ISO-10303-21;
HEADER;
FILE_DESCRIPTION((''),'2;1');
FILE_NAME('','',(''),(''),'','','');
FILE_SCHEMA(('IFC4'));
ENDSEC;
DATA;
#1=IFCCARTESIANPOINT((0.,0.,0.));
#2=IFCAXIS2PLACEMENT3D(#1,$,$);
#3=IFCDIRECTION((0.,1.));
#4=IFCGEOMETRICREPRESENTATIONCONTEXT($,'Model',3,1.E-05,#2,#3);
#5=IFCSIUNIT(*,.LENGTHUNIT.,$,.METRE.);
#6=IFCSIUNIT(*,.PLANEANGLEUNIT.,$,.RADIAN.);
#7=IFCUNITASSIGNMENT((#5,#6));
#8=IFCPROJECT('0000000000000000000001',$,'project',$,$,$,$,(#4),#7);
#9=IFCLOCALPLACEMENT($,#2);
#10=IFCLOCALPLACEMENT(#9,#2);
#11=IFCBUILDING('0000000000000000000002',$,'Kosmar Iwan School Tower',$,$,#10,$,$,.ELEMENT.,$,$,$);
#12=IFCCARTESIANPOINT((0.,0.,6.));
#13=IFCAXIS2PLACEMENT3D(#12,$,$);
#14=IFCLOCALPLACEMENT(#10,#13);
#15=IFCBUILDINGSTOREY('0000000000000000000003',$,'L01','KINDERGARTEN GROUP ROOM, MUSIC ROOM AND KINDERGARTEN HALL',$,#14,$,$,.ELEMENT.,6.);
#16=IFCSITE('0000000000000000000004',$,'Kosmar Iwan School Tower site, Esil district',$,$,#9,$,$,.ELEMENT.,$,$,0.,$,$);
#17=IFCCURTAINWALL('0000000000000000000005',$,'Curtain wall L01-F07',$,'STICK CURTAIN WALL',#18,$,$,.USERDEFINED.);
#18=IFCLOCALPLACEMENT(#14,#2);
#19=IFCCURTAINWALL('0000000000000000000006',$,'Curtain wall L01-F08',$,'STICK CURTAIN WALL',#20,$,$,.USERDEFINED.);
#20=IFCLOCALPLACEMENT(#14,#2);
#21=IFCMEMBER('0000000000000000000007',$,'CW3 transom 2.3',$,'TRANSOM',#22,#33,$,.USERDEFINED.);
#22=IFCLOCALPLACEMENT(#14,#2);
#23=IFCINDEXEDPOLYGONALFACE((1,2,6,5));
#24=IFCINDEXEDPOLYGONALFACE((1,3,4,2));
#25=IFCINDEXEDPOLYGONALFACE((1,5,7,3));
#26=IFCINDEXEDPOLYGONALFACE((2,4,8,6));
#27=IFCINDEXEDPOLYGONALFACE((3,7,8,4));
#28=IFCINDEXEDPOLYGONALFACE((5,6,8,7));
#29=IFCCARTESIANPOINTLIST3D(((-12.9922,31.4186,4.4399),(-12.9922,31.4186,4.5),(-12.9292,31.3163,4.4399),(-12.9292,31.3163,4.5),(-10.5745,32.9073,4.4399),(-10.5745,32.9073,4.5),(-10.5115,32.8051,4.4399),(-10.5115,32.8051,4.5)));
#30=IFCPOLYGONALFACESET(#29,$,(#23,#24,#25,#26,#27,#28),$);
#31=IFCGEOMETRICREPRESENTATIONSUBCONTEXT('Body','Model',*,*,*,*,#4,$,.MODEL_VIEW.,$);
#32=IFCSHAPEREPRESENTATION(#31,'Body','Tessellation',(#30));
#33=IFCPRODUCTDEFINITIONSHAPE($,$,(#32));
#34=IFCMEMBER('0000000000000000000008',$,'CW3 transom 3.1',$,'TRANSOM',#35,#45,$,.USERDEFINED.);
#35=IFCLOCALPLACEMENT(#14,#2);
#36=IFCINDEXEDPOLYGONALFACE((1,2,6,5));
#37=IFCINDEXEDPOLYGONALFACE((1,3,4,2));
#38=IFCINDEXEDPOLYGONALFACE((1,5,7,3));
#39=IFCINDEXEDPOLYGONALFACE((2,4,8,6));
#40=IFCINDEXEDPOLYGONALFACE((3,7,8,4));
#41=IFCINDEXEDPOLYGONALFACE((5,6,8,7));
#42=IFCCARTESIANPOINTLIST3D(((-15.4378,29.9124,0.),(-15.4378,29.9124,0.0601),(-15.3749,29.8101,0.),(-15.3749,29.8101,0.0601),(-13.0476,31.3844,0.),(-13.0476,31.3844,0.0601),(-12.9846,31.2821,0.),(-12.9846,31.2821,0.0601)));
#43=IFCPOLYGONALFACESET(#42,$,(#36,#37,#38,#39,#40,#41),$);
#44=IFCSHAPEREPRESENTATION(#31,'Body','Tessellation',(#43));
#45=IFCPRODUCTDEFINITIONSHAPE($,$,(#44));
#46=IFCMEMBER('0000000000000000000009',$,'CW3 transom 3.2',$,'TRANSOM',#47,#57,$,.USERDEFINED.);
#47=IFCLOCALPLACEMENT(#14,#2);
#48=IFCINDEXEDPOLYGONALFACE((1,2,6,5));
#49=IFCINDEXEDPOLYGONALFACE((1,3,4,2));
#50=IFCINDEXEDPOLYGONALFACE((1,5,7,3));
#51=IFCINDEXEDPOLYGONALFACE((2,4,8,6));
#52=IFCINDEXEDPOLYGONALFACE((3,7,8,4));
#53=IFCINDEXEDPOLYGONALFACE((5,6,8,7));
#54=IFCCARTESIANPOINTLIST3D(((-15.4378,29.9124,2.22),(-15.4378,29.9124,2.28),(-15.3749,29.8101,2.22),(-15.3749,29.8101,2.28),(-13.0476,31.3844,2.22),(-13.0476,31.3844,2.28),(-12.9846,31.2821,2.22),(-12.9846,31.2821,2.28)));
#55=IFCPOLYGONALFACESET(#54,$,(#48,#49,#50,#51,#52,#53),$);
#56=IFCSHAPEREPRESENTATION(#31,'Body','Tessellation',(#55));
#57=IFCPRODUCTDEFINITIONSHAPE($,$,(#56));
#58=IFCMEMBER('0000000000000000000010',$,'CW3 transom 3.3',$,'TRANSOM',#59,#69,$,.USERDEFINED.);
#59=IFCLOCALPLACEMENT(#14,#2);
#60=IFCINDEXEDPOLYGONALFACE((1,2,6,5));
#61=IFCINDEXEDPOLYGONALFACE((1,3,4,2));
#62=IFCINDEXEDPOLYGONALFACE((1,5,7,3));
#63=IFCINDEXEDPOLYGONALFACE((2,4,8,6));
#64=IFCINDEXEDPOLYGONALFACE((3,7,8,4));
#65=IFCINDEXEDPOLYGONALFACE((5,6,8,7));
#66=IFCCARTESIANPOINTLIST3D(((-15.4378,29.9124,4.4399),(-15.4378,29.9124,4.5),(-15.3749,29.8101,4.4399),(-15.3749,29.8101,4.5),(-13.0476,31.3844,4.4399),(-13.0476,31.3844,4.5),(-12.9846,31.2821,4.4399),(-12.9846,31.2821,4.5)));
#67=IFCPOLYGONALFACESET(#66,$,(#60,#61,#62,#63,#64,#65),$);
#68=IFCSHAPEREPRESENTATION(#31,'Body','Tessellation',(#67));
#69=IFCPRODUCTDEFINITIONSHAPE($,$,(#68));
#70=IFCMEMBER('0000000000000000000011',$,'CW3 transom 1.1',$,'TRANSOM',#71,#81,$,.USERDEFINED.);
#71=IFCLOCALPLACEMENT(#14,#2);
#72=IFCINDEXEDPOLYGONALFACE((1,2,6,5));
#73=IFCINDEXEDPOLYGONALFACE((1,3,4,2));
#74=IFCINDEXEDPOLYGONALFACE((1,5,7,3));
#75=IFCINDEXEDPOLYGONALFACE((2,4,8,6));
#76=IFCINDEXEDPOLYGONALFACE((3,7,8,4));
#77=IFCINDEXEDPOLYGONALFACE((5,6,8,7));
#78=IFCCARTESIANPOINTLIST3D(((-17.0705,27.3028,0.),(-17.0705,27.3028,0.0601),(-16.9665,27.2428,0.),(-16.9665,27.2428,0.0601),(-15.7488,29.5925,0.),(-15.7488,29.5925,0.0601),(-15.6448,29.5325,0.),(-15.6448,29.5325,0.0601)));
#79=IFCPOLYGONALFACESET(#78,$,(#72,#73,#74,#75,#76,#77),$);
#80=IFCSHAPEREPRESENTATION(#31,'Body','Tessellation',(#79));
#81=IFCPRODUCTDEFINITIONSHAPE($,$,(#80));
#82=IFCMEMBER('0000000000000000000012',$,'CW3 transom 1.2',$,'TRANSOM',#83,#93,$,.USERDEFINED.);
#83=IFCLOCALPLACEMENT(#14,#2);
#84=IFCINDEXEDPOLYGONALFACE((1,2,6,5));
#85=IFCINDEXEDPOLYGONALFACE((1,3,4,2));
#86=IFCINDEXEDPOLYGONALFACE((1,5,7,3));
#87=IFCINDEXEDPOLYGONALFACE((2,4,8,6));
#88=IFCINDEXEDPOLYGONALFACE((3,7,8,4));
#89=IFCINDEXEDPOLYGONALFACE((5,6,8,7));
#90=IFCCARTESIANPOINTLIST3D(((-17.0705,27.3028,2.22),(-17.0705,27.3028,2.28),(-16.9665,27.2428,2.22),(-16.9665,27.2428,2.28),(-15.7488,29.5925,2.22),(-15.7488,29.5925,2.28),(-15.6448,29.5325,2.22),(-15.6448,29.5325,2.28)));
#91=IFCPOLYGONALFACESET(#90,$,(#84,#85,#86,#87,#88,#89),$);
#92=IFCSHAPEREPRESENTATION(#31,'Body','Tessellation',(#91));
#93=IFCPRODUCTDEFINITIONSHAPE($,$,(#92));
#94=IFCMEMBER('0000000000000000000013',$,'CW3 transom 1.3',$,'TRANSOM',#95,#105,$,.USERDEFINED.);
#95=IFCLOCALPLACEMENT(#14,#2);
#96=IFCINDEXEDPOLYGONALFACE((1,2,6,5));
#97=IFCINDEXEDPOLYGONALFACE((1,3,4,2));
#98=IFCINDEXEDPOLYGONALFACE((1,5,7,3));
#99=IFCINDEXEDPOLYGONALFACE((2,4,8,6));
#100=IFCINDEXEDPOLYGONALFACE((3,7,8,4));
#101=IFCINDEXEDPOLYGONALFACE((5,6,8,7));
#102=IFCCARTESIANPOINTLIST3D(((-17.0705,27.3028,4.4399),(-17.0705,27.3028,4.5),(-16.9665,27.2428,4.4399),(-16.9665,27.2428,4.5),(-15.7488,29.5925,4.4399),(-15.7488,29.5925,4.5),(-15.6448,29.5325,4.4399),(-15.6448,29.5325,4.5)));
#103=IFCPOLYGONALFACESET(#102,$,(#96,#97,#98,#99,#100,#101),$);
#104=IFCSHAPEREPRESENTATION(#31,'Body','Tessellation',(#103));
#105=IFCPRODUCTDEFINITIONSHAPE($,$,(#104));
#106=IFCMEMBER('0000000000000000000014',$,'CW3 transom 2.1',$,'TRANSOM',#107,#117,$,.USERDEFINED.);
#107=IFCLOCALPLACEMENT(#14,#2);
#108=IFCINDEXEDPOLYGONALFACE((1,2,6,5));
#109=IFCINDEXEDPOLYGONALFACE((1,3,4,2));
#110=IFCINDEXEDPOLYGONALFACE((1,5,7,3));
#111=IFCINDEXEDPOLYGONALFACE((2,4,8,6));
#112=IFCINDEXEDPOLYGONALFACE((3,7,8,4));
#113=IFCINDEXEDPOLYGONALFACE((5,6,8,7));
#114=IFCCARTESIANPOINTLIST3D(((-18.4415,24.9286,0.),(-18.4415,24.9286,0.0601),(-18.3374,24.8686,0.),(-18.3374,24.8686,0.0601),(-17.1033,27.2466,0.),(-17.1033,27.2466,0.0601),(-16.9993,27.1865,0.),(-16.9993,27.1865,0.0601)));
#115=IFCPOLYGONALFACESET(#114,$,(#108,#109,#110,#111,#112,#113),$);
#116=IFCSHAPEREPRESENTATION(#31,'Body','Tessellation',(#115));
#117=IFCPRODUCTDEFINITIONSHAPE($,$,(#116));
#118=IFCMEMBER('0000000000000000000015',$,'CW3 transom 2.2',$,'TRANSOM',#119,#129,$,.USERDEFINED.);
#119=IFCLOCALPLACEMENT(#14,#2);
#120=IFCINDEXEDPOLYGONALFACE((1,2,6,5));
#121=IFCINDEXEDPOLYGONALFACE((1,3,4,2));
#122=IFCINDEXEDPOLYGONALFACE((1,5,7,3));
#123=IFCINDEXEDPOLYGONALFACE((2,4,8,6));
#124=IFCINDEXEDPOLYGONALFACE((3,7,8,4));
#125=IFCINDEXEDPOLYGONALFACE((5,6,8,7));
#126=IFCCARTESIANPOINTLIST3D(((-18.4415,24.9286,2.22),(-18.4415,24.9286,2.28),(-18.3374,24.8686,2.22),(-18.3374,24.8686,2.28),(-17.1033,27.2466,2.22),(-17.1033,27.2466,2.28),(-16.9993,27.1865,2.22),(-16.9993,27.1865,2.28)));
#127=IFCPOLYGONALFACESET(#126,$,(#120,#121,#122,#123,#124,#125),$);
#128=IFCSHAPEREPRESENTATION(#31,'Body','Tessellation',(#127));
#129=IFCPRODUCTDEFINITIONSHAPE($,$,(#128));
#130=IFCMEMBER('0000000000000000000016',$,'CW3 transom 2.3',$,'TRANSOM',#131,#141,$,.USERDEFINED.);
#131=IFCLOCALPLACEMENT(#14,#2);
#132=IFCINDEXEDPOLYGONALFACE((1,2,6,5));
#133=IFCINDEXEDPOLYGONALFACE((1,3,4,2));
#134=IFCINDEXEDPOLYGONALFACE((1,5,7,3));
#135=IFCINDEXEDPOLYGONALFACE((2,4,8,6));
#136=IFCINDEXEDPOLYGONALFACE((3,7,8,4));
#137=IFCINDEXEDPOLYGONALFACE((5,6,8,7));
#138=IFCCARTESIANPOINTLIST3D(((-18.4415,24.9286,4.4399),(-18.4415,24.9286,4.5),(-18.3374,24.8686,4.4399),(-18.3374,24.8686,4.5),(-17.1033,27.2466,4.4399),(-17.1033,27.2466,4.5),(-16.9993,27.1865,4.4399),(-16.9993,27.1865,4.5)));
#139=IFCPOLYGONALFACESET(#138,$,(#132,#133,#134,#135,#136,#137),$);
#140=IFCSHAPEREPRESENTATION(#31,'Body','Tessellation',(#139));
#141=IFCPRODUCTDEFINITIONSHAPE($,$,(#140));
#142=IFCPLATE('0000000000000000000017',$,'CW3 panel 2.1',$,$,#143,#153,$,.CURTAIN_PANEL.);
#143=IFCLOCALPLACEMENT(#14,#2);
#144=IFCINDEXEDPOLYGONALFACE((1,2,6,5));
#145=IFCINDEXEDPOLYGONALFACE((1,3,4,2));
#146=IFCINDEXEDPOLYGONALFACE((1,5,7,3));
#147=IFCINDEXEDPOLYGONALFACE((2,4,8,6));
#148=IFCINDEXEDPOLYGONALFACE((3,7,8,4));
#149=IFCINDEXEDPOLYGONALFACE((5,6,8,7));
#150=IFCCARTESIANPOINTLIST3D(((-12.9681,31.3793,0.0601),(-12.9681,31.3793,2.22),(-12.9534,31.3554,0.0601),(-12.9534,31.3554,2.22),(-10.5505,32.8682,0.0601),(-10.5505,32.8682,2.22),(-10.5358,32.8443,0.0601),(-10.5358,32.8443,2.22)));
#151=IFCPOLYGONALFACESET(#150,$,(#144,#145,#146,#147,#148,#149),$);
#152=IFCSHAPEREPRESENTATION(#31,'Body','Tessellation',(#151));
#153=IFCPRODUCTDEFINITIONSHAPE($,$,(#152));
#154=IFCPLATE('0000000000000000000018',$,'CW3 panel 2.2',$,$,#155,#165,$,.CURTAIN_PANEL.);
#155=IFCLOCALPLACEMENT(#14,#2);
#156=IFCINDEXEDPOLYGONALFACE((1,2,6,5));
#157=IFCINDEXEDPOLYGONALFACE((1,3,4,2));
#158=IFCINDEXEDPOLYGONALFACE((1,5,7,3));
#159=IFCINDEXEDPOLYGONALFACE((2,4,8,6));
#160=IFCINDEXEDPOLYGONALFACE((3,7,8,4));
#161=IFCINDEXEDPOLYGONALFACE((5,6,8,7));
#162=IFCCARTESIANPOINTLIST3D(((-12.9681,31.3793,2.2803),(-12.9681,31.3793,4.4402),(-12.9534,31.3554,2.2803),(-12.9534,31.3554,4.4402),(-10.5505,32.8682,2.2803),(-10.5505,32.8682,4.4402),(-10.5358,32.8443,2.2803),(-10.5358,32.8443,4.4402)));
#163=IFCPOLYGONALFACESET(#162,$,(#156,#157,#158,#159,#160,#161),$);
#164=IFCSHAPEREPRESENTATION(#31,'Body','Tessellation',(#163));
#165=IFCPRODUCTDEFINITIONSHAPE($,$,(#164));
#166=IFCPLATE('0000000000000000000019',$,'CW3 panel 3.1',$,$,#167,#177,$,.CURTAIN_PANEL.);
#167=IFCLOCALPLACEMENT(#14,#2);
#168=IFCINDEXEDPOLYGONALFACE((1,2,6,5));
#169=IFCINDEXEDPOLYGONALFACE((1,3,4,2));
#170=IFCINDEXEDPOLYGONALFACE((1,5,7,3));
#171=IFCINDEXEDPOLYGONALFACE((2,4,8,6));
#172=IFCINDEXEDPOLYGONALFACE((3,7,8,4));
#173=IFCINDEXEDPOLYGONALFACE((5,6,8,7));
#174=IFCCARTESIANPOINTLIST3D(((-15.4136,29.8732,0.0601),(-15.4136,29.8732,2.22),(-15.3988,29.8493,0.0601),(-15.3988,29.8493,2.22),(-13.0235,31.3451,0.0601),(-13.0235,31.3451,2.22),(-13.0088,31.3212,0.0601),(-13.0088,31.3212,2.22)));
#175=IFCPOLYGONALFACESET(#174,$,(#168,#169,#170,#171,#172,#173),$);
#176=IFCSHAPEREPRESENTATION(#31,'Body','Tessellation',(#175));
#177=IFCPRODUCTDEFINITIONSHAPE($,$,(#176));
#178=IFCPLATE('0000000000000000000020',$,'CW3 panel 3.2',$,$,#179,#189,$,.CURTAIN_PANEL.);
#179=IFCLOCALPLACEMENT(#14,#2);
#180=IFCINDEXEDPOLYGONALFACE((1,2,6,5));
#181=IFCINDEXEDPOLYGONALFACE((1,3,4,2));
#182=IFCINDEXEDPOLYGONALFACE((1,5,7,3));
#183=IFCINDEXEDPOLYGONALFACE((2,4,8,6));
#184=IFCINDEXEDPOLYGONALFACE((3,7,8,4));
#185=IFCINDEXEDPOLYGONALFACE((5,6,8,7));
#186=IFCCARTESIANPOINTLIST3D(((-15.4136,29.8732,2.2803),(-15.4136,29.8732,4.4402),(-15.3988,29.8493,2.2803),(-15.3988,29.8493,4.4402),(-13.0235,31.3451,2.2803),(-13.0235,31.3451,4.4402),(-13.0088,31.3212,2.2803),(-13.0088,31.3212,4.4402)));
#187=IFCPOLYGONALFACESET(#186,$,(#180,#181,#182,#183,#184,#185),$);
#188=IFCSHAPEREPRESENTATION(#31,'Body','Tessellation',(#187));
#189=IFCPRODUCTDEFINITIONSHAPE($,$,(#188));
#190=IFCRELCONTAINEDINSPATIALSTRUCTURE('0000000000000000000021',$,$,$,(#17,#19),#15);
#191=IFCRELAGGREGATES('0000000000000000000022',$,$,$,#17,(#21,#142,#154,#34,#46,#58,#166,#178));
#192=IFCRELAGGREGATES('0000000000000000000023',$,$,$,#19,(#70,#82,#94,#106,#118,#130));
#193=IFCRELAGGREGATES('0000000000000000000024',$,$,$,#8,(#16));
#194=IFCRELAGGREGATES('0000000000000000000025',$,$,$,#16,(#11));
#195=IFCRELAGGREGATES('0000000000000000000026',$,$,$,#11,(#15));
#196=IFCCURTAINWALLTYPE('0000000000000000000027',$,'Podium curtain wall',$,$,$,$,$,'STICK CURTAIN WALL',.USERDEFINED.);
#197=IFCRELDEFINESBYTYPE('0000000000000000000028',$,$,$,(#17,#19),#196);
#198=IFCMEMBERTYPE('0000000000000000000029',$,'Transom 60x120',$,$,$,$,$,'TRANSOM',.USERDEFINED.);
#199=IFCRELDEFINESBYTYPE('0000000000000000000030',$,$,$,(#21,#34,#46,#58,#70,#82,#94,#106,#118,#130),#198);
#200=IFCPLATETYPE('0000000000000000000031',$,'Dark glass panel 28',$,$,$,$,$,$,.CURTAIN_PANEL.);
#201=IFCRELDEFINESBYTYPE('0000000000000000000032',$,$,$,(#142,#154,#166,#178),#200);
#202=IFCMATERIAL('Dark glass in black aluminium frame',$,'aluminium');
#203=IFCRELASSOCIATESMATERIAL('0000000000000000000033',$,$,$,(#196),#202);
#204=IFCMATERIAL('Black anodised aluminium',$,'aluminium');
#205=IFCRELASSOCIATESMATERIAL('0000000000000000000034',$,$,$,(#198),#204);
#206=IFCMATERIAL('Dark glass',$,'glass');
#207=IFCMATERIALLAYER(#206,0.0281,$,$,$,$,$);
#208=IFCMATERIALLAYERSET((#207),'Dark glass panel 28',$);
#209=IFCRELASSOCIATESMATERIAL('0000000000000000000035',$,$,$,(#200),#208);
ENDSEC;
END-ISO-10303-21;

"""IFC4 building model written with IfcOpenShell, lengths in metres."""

from ifc_helpers import new_model, si_unit, direction, frame, origin, origin_2d, place, context, subcontext, project, spatial, rectangle, extrude, material, layer, layer_set, material_profile, profile_set, type_object, element, aggregate, save


model = new_model("IFC4")

# Units and contexts
model_context = context("Model", 3, precision=1e-05, world=origin(), true_north=direction((0.0, 1.0)))
body_context = subcontext(model_context, "Body", "Model", "MODEL_VIEW")
ifc_project = project(units=[si_unit("LENGTHUNIT", "METRE"), si_unit("PLANEANGLEUNIT", "RADIAN")], contexts=[model_context])

# Site, building, storey
site_placement = place(None, origin())
site = spatial("IfcSite", under=ifc_project, at=site_placement, Name="Kosmar Iwan School Tower site, Esil district", CompositionType="ELEMENT", RefElevation=0.0)
building_placement = place(site_placement, origin())
building = spatial("IfcBuilding", under=site, at=building_placement, Name="Kosmar Iwan School Tower", CompositionType="ELEMENT")
storey_placement = place(building_placement, frame((0.0, 0.0, 6.0)))
storey = spatial("IfcBuildingStorey", under=building, at=storey_placement, Name="L01", Description="KINDERGARTEN GROUP ROOM, MUSIC ROOM AND KINDERGARTEN HALL", CompositionType="ELEMENT", Elevation=6.0)

# Curtain walls
ifc_material_1 = material(Name="Dark glass in black aluminium frame", Category="aluminium")
curtain_wall_type = type_object("IfcCurtainWallType", Name="Podium curtain wall", ElementType="STICK CURTAIN WALL", PredefinedType="USERDEFINED", material=ifc_material_1)
curtain_wall_1_placement = place(storey_placement, origin())
curtain_wall_1 = element("IfcCurtainWall", 1, at=curtain_wall_1_placement, inside=storey, type_object=curtain_wall_type, Name="Curtain wall L01-F07", ObjectType="STICK CURTAIN WALL", PredefinedType="USERDEFINED")
curtain_wall_2_placement = place(storey_placement, origin())
curtain_wall_2 = element("IfcCurtainWall", 2, at=curtain_wall_2_placement, inside=storey, type_object=curtain_wall_type, Name="Curtain wall L01-F08", ObjectType="STICK CURTAIN WALL", PredefinedType="USERDEFINED")

# Members
ifc_material_2 = material(Name="Black anodised aluminium", Category="aluminium")
ifc_material_profile_1 = material_profile(ifc_material_2, rectangle(XDim=0.1201, YDim=0.0601, at=origin_2d()), Name="TRANSOM 60x120")
ifc_profile_set_1 = profile_set([ifc_material_profile_1], Name="Black anodised aluminium")
member_type_1 = type_object("IfcMemberType", Name="Transom 60x120", ElementType="TRANSOM", PredefinedType="USERDEFINED", material=ifc_profile_set_1)
member_1_placement = place(storey_placement, frame((-10.543, 32.8562, 4.47), z_axis=(-0.851511, -0.524337, 0.0), x_axis=(0.524337, -0.851511, 0.0)))
member_1 = element("IfcMember", 3, at=member_1_placement, type_object=member_type_1, Name="CW3 transom 2.3", ObjectType="TRANSOM", PredefinedType="USERDEFINED", context=body_context, shape_type="SweptSolid", body=[
    extrude(rectangle(XDim=0.1201, YDim=0.0601, at=origin_2d()), origin(), (0.0, 0.0, 1.0), 2.8394),
])
member_2_placement = place(storey_placement, frame((-13.0161, 31.3333, 0.03), z_axis=(-0.851488, -0.524374, 0.0), x_axis=(0.524374, -0.851488, 0.0)))
member_2 = element("IfcMember", 4, at=member_2_placement, type_object=member_type_1, Name="CW3 transom 3.1", ObjectType="TRANSOM", PredefinedType="USERDEFINED", context=body_context, shape_type="SweptSolid", body=[
    extrude(rectangle(XDim=0.1201, YDim=0.0601, at=origin_2d()), origin(), (0.0, 0.0, 1.0), 2.8071),
])
member_3_placement = place(storey_placement, frame((-13.0161, 31.3333, 2.25), z_axis=(-0.851488, -0.524374, 0.0), x_axis=(0.524374, -0.851488, 0.0)))
member_3 = element("IfcMember", 5, at=member_3_placement, type_object=member_type_1, Name="CW3 transom 3.2", ObjectType="TRANSOM", PredefinedType="USERDEFINED", context=body_context, shape_type="SweptSolid", body=[
    extrude(rectangle(XDim=0.1201, YDim=0.0601, at=origin_2d()), origin(), (0.0, 0.0, 1.0), 2.8071),
])
member_4_placement = place(storey_placement, frame((-13.0161, 31.3333, 4.47), z_axis=(-0.851488, -0.524374, 0.0), x_axis=(0.524374, -0.851488, 0.0)))
member_4 = element("IfcMember", 6, at=member_4_placement, type_object=member_type_1, Name="CW3 transom 3.3", ObjectType="TRANSOM", PredefinedType="USERDEFINED", context=body_context, shape_type="SweptSolid", body=[
    extrude(rectangle(XDim=0.1201, YDim=0.0601, at=origin_2d()), origin(), (0.0, 0.0, 1.0), 2.8071),
])
member_5_placement = place(storey_placement, frame((-15.6968, 29.5625, 0.03), z_axis=(-0.499933, -0.866064, 0.0), x_axis=(0.866064, -0.499933, 0.0)))
member_5 = element("IfcMember", 7, at=member_5_placement, type_object=member_type_1, Name="CW3 transom 1.1", ObjectType="TRANSOM", PredefinedType="USERDEFINED", context=body_context, shape_type="SweptSolid", body=[
    extrude(rectangle(XDim=0.1201, YDim=0.0601, at=origin_2d()), origin(), (0.0, 0.0, 1.0), 2.6438),
])
member_6_placement = place(storey_placement, frame((-15.6968, 29.5625, 2.25), z_axis=(-0.499933, -0.866064, 0.0), x_axis=(0.866064, -0.499933, 0.0)))
member_6 = element("IfcMember", 8, at=member_6_placement, type_object=member_type_1, Name="CW3 transom 1.2", ObjectType="TRANSOM", PredefinedType="USERDEFINED", context=body_context, shape_type="SweptSolid", body=[
    extrude(rectangle(XDim=0.1201, YDim=0.0601, at=origin_2d()), origin(), (0.0, 0.0, 1.0), 2.6438),
])
member_7_placement = place(storey_placement, frame((-15.6968, 29.5625, 4.47), z_axis=(-0.499933, -0.866064, 0.0), x_axis=(0.866064, -0.499933, 0.0)))
member_7 = element("IfcMember", 9, at=member_7_placement, type_object=member_type_1, Name="CW3 transom 1.3", ObjectType="TRANSOM", PredefinedType="USERDEFINED", context=body_context, shape_type="SweptSolid", body=[
    extrude(rectangle(XDim=0.1201, YDim=0.0601, at=origin_2d()), origin(), (0.0, 0.0, 1.0), 2.6438),
])
member_8_placement = place(storey_placement, frame((-17.0513, 27.2166, 0.03), z_axis=(-0.499975, -0.86604, 0.0), x_axis=(0.86604, -0.499975, 0.0)))
member_8 = element("IfcMember", 10, at=member_8_placement, type_object=member_type_1, Name="CW3 transom 2.1", ObjectType="TRANSOM", PredefinedType="USERDEFINED", context=body_context, shape_type="SweptSolid", body=[
    extrude(rectangle(XDim=0.1201, YDim=0.0601, at=origin_2d()), origin(), (0.0, 0.0, 1.0), 2.6765),
])
member_9_placement = place(storey_placement, frame((-17.0513, 27.2166, 2.25), z_axis=(-0.499975, -0.86604, 0.0), x_axis=(0.86604, -0.499975, 0.0)))
member_9 = element("IfcMember", 11, at=member_9_placement, type_object=member_type_1, Name="CW3 transom 2.2", ObjectType="TRANSOM", PredefinedType="USERDEFINED", context=body_context, shape_type="SweptSolid", body=[
    extrude(rectangle(XDim=0.1201, YDim=0.0601, at=origin_2d()), origin(), (0.0, 0.0, 1.0), 2.6765),
])
member_10_placement = place(storey_placement, frame((-17.0513, 27.2166, 4.47), z_axis=(-0.499975, -0.86604, 0.0), x_axis=(0.86604, -0.499975, 0.0)))
member_10 = element("IfcMember", 12, at=member_10_placement, type_object=member_type_1, Name="CW3 transom 2.3", ObjectType="TRANSOM", PredefinedType="USERDEFINED", context=body_context, shape_type="SweptSolid", body=[
    extrude(rectangle(XDim=0.1201, YDim=0.0601, at=origin_2d()), origin(), (0.0, 0.0, 1.0), 2.6765),
])

# Plates
ifc_material_3 = material(Name="Dark glass", Category="glass")
ifc_layer_1 = layer(ifc_material_3, 0.0281)
ifc_layer_set_1 = layer_set([ifc_layer_1], Name="Dark glass panel 28")
plate_type = type_object("IfcPlateType", Name="Dark glass panel 28", PredefinedType="CURTAIN_PANEL", material=ifc_layer_set_1)
plate_1_placement = place(storey_placement, frame((-11.752, 32.1118, 0.0601), z_axis=(0.0, 0.0, 1.0), x_axis=(-0.851483, -0.524382, 0.0)))
plate_1 = element("IfcPlate", 13, at=plate_1_placement, type_object=plate_type, Name="CW3 panel 2.1", PredefinedType="CURTAIN_PANEL", context=body_context, shape_type="SweptSolid", body=[
    extrude(rectangle(XDim=2.8394, YDim=0.0281, at=origin_2d()), origin(), (0.0, 0.0, 1.0), 2.1599),
])
plate_2_placement = place(storey_placement, frame((-11.752, 32.1118, 2.2803), z_axis=(0.0, 0.0, 1.0), x_axis=(-0.851483, -0.524382, 0.0)))
plate_2 = element("IfcPlate", 14, at=plate_2_placement, type_object=plate_type, Name="CW3 panel 2.2", PredefinedType="CURTAIN_PANEL", context=body_context, shape_type="SweptSolid", body=[
    extrude(rectangle(XDim=2.8394, YDim=0.0281, at=origin_2d()), origin(), (0.0, 0.0, 1.0), 2.1599),
])
plate_3_placement = place(storey_placement, frame((-14.2112, 30.5972, 0.0601), z_axis=(0.0, 0.0, 1.0), x_axis=(-0.851483, -0.524382, 0.0)))
plate_3 = element("IfcPlate", 15, at=plate_3_placement, type_object=plate_type, Name="CW3 panel 3.1", PredefinedType="CURTAIN_PANEL", context=body_context, shape_type="SweptSolid", body=[
    extrude(rectangle(XDim=2.8069, YDim=0.0281, at=origin_2d()), origin(), (0.0, 0.0, 1.0), 2.1599),
])
plate_4_placement = place(storey_placement, frame((-14.2112, 30.5972, 2.2803), z_axis=(0.0, 0.0, 1.0), x_axis=(-0.851483, -0.524382, 0.0)))
plate_4 = element("IfcPlate", 16, at=plate_4_placement, type_object=plate_type, Name="CW3 panel 3.2", PredefinedType="CURTAIN_PANEL", context=body_context, shape_type="SweptSolid", body=[
    extrude(rectangle(XDim=2.8069, YDim=0.0281, at=origin_2d()), origin(), (0.0, 0.0, 1.0), 2.1599),
])
aggregate(curtain_wall_1, [member_1, plate_1, plate_2, member_2, member_3, member_4, plate_3, plate_4])
aggregate(curtain_wall_2, [member_5, member_6, member_7, member_8, member_9, member_10])

save(model, "model.ifc")
